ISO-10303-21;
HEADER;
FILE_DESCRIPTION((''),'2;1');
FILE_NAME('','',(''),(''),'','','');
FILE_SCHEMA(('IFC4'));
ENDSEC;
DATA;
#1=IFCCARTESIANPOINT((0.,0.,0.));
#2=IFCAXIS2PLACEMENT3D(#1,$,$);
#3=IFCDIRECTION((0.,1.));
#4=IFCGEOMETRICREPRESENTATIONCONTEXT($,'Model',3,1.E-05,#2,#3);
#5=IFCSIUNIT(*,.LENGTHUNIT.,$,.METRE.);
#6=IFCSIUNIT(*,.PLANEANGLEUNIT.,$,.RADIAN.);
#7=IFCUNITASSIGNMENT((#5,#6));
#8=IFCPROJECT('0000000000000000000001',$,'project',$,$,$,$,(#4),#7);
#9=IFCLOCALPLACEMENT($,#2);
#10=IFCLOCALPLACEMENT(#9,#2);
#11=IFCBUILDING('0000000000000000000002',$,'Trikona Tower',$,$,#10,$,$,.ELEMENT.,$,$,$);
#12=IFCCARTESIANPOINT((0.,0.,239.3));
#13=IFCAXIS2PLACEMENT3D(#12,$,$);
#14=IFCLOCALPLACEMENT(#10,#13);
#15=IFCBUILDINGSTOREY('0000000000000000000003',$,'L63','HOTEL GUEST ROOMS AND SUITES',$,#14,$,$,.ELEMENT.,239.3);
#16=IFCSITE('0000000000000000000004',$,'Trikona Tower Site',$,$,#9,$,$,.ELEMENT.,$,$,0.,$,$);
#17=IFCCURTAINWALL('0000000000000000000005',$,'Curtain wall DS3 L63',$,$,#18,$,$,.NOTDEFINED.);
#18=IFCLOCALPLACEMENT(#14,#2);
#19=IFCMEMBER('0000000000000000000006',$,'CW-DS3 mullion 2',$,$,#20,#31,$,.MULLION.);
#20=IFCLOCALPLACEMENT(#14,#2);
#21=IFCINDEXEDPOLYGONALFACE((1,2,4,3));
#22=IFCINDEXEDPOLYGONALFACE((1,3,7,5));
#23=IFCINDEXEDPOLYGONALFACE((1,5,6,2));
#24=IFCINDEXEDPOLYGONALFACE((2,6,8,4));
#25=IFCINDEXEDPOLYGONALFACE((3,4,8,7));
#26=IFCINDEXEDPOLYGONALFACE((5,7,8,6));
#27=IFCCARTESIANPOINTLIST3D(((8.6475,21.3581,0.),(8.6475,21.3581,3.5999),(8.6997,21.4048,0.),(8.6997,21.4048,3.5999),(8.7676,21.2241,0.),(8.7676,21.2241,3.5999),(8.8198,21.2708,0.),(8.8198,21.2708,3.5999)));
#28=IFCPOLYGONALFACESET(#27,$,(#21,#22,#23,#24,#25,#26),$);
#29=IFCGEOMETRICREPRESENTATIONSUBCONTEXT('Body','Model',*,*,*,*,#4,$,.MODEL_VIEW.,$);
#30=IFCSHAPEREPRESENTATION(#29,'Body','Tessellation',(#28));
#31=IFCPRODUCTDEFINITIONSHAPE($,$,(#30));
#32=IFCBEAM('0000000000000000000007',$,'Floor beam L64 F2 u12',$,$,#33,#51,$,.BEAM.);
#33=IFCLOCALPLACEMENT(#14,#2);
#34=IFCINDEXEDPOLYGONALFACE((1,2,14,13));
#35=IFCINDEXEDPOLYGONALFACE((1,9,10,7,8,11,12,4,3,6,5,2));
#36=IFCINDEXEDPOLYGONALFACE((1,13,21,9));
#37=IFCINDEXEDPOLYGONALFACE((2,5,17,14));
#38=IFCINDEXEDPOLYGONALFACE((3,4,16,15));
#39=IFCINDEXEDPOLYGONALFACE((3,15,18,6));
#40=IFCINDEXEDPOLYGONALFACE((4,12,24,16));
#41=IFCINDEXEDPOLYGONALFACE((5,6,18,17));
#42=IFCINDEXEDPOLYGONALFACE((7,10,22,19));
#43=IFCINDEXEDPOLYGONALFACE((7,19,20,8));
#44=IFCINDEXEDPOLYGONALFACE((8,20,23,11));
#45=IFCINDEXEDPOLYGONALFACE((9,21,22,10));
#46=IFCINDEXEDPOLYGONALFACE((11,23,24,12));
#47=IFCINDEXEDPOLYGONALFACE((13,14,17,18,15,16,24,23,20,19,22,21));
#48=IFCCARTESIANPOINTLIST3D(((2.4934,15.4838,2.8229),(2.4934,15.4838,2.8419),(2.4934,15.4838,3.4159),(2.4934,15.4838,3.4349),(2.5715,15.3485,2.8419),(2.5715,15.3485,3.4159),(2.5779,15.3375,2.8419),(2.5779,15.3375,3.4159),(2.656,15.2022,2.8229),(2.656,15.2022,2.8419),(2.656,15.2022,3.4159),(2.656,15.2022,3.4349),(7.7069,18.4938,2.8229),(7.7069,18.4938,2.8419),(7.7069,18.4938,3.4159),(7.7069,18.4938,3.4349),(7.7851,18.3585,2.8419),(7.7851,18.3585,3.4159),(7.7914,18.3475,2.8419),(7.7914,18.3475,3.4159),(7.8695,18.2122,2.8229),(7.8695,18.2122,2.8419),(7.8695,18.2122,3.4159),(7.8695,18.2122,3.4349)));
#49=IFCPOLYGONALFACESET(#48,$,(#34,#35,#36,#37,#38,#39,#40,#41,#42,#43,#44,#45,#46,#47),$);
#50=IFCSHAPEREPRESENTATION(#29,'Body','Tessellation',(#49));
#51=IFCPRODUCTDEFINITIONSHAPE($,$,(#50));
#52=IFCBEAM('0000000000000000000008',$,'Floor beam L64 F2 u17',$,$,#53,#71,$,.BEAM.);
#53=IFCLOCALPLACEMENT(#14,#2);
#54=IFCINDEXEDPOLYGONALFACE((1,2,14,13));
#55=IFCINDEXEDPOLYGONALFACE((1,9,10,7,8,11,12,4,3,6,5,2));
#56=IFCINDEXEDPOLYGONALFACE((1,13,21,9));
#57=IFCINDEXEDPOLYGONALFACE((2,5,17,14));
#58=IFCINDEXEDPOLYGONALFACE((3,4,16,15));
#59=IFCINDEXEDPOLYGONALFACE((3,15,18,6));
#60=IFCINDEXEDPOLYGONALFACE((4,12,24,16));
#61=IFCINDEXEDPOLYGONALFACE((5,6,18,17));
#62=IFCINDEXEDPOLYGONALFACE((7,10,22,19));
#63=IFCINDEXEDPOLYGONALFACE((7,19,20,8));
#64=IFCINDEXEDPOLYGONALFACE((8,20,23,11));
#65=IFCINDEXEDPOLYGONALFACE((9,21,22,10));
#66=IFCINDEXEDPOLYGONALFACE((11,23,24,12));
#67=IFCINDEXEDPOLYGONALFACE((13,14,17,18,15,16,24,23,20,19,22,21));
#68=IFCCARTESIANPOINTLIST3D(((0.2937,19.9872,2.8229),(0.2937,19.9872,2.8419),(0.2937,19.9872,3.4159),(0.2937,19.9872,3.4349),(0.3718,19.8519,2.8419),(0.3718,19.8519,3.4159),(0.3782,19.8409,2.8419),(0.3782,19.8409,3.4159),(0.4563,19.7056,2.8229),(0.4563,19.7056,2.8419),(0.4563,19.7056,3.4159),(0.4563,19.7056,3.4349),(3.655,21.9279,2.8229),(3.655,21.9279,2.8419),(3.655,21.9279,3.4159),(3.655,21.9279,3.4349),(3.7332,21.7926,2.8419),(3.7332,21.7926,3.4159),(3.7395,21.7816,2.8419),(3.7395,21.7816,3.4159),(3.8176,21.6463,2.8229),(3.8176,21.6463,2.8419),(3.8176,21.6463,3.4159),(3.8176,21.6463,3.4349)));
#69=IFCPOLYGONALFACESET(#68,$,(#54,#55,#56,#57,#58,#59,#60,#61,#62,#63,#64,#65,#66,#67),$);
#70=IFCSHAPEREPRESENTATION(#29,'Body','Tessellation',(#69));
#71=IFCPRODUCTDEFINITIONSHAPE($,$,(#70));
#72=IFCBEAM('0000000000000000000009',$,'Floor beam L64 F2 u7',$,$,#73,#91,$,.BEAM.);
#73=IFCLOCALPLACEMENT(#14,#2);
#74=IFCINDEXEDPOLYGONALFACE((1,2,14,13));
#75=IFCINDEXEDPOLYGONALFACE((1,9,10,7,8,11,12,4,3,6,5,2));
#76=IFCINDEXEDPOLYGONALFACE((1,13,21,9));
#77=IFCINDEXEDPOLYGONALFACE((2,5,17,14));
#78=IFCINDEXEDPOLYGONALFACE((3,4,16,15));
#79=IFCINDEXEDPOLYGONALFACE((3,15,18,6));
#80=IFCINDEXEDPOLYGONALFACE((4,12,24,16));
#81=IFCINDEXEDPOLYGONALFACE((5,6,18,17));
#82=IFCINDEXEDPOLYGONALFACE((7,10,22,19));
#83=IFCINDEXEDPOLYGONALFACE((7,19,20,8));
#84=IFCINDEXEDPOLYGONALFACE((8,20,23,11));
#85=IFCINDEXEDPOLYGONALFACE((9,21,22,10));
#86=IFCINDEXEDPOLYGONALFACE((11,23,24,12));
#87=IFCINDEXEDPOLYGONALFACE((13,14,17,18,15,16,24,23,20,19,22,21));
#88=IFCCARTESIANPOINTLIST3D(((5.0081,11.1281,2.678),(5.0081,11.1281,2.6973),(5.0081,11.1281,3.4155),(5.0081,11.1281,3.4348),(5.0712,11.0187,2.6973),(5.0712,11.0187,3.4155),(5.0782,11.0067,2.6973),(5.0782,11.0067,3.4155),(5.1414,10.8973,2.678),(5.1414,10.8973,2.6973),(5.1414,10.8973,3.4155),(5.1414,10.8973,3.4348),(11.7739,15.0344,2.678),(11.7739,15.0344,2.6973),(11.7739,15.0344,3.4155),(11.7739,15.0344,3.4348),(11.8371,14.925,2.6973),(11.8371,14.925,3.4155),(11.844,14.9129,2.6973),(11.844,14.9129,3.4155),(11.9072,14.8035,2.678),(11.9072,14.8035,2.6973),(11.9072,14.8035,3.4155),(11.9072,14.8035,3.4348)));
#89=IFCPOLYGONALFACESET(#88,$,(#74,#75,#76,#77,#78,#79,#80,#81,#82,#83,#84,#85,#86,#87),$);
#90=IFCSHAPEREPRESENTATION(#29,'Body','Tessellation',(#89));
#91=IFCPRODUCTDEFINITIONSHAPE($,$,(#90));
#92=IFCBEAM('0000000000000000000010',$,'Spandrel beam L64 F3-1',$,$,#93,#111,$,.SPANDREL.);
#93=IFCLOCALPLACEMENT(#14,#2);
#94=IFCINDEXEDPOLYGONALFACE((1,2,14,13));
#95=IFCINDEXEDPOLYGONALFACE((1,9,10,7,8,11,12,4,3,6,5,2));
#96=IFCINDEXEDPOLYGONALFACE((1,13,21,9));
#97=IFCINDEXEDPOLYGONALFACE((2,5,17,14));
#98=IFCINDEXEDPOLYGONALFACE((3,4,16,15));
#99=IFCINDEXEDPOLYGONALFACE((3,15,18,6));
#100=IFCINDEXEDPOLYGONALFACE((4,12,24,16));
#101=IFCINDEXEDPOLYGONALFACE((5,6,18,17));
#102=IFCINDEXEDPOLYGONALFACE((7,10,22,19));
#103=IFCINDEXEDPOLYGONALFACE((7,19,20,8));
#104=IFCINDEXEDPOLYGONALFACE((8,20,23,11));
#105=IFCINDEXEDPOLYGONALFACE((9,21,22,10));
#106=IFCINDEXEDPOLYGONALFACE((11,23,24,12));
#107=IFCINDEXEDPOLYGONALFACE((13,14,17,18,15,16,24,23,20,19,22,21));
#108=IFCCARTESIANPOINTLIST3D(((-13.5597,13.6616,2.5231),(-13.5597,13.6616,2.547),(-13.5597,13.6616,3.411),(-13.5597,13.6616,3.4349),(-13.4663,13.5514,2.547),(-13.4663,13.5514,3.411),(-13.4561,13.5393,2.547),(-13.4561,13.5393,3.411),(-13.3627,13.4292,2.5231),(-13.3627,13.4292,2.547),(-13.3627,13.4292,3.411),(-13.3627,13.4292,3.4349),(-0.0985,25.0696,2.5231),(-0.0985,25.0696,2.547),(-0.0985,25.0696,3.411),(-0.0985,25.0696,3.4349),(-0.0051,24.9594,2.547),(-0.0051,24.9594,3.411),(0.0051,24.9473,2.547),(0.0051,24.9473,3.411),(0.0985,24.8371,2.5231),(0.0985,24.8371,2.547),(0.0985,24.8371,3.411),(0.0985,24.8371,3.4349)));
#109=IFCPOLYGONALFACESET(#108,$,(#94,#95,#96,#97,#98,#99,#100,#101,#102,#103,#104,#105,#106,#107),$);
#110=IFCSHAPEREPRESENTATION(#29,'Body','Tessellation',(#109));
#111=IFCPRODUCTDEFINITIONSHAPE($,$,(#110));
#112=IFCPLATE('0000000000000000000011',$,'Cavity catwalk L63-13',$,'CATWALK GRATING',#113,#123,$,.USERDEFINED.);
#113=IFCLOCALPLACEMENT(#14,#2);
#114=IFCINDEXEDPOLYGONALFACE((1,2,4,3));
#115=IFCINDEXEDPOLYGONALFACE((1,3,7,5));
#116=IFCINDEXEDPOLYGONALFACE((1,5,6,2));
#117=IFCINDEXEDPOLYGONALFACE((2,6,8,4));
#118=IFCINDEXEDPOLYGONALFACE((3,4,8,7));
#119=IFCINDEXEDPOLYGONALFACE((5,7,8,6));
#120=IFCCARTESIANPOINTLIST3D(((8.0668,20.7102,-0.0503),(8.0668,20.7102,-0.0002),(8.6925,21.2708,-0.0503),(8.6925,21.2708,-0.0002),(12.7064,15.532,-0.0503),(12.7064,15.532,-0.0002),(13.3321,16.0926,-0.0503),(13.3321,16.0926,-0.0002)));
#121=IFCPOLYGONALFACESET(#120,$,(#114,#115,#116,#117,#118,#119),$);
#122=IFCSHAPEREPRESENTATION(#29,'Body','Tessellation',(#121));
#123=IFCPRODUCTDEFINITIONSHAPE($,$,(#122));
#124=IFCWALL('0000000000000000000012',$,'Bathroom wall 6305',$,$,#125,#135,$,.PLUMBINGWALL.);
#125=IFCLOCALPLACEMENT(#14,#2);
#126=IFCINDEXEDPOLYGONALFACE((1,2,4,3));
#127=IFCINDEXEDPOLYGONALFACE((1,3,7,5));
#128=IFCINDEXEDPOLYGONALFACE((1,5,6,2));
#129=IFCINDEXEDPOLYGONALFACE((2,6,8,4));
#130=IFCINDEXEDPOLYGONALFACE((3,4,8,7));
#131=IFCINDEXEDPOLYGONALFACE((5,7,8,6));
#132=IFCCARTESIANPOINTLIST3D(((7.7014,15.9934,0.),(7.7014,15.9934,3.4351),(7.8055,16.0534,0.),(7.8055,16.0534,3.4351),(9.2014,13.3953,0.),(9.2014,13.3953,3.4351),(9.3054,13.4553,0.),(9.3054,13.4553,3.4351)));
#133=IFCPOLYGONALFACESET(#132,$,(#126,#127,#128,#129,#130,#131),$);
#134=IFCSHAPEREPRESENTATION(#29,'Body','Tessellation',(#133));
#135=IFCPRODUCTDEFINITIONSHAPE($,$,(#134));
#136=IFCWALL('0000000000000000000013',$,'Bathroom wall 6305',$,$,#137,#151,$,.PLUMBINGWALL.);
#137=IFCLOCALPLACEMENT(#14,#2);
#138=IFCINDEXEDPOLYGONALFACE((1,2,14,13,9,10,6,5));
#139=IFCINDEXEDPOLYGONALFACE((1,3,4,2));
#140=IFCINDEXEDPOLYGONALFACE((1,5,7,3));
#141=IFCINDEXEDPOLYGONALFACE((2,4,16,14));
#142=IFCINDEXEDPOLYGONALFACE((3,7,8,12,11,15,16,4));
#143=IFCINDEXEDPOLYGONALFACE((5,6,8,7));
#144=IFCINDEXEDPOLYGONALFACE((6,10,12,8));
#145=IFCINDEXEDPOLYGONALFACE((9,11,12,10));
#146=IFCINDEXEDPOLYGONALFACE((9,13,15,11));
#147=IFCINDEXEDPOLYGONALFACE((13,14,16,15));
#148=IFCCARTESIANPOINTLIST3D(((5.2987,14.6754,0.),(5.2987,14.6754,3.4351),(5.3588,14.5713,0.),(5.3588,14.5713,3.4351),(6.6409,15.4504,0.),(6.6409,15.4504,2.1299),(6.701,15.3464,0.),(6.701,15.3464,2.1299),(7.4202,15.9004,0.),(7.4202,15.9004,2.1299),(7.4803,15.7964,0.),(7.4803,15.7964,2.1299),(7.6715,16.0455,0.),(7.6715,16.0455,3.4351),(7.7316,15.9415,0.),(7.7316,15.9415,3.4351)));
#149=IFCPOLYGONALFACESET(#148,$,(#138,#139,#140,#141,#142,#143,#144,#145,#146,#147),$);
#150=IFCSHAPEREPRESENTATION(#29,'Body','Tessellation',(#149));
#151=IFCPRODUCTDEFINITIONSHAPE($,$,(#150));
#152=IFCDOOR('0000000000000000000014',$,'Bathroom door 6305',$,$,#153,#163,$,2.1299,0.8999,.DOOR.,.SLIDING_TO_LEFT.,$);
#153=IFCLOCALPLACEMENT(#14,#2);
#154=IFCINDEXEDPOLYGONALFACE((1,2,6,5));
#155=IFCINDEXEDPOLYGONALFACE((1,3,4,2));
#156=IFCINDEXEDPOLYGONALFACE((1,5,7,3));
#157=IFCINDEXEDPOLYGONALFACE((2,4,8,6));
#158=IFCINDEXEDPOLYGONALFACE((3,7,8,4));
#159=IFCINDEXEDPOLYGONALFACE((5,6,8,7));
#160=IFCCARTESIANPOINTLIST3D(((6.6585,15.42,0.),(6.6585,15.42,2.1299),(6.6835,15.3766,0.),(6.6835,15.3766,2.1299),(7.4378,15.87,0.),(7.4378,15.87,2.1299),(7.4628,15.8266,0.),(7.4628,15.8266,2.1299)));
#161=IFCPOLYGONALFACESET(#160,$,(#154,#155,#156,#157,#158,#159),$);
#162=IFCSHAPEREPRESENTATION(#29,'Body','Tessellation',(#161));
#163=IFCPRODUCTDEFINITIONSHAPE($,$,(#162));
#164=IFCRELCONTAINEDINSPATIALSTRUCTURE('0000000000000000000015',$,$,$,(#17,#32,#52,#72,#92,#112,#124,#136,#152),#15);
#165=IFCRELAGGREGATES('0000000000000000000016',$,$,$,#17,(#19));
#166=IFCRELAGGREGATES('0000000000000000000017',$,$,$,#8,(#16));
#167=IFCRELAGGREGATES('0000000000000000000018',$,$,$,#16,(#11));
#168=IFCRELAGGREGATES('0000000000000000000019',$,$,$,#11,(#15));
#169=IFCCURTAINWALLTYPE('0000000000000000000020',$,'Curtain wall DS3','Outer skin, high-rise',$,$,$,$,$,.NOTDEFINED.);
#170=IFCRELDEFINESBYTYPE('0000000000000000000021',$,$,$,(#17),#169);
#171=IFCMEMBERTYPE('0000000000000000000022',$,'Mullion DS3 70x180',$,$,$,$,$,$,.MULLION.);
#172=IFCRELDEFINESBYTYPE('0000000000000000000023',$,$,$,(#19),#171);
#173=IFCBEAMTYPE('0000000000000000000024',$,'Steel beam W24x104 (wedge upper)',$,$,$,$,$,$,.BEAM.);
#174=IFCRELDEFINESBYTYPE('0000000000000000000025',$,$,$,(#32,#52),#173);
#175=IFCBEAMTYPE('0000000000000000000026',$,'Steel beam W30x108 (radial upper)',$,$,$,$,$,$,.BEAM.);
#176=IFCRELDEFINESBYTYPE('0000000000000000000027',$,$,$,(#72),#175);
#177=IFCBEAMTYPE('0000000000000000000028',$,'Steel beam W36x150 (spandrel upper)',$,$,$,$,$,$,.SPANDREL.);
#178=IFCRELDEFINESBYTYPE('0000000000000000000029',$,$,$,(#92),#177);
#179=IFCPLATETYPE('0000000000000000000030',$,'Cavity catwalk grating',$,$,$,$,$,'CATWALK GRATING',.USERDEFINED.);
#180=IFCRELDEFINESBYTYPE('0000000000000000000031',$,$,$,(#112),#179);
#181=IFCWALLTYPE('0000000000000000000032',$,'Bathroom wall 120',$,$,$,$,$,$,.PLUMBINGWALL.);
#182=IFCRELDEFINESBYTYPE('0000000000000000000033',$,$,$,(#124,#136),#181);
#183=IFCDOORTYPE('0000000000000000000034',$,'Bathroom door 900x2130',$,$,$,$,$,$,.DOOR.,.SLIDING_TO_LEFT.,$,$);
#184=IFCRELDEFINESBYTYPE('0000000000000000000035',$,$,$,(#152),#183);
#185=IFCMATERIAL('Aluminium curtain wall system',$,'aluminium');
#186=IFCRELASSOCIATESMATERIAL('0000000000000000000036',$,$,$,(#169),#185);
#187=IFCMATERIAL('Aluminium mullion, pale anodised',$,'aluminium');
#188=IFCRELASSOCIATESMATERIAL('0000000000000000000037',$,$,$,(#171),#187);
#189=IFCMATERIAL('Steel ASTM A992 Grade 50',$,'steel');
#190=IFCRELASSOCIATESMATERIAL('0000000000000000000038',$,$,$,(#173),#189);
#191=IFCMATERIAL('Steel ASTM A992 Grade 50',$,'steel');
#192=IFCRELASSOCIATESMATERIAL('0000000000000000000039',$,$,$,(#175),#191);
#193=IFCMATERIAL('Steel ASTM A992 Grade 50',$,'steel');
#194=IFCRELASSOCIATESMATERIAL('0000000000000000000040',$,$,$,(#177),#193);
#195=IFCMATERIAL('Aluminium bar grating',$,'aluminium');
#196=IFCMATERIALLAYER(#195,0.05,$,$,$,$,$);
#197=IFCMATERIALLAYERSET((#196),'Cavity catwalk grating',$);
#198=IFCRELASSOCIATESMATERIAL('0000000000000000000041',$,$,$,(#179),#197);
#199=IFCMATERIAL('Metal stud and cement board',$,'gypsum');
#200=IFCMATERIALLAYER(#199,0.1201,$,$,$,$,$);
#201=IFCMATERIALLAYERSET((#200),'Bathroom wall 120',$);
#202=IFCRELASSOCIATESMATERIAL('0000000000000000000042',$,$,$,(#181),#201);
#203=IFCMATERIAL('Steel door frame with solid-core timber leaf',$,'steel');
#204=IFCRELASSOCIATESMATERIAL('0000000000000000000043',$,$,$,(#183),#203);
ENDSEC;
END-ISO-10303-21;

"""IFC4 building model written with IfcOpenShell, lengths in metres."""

from ifc_helpers import new_model, si_unit, direction, frame, frame_2d, origin, origin_2d, place, context, subcontext, project, spatial, rectangle, i_section, extrude, material, layer, layer_set, material_profile, profile_set, type_object, element, fill, aggregate, save


model = new_model("IFC4")

# Units and contexts
model_context = context("Model", 3, precision=1e-05, world=origin(), true_north=direction((0.0, 1.0)))
body_context = subcontext(model_context, "Body", "Model", "MODEL_VIEW")
ifc_project = project(units=[si_unit("LENGTHUNIT", "METRE"), si_unit("PLANEANGLEUNIT", "RADIAN")], contexts=[model_context])

# Site, building, storey
site_placement = place(None, origin())
site = spatial("IfcSite", under=ifc_project, at=site_placement, Name="Trikona Tower Site", CompositionType="ELEMENT", RefElevation=0.0)
building_placement = place(site_placement, origin())
building = spatial("IfcBuilding", under=site, at=building_placement, Name="Trikona Tower", CompositionType="ELEMENT")
storey_placement = place(building_placement, frame((0.0, 0.0, 239.3)))
storey = spatial("IfcBuildingStorey", under=building, at=storey_placement, Name="L63", Description="HOTEL GUEST ROOMS AND SUITES", CompositionType="ELEMENT", Elevation=239.3)

# Curtain wall, member
ifc_material_1 = material(Name="Aluminium curtain wall system", Category="aluminium")
curtain_wall_type = type_object("IfcCurtainWallType", Name="Curtain wall DS3", Description="Outer skin, high-rise", PredefinedType="NOTDEFINED", material=ifc_material_1)
curtain_wall_placement = place(storey_placement, origin())
curtain_wall = element("IfcCurtainWall", 1, at=curtain_wall_placement, inside=storey, type_object=curtain_wall_type, Name="Curtain wall DS3 L63", PredefinedType="NOTDEFINED")
ifc_material_2 = material(Name="Aluminium mullion, pale anodised", Category="aluminium")
ifc_material_profile_1 = material_profile(ifc_material_2, rectangle(XDim=0.0701, YDim=0.1799, at=origin_2d()), Name="MUL-DS3")
ifc_profile_set_1 = profile_set([ifc_material_profile_1], Name="Aluminium mullion, pale anodised")
member_type = type_object("IfcMemberType", Name="Mullion DS3 70x180", PredefinedType="MULLION", material=ifc_profile_set_1)
member_placement = place(storey_placement, frame((8.7336, 21.3145, 0.0), z_axis=(0.0, 0.0, 1.0), x_axis=(-0.744771, -0.66732, 0.0)))
member = element("IfcMember", 2, at=member_placement, type_object=member_type, Name="CW-DS3 mullion 2", PredefinedType="MULLION", context=body_context, shape_type="SweptSolid", body=[
    extrude(rectangle(XDim=0.0701, YDim=0.1799, at=origin_2d()), origin(), (0.0, 0.0, 1.0), 3.5999),
])
aggregate(curtain_wall, [member])

# Beams
ifc_material_3 = material(Name="Steel ASTM A992 Grade 50", Category="steel")
ifc_material_profile_2 = material_profile(ifc_material_3, i_section(OverallWidth=0.3252, OverallDepth=0.6121, WebThickness=0.0127, FlangeThickness=0.019, at=origin_2d()), Name="W24X104")
ifc_profile_set_2 = profile_set([ifc_material_profile_2], Name="Steel ASTM A992 Grade 50")
beam_type_1 = type_object("IfcBeamType", Name="Steel beam W24x104 (wedge upper)", PredefinedType="BEAM", material=ifc_profile_set_2)
beam_1_placement = place(storey_placement, frame((2.5747, 15.343, 3.1289), z_axis=(0.866031, 0.49999, 0.0), x_axis=(-0.49999, 0.866031, 0.0)))
element("IfcBeam", 3, at=beam_1_placement, inside=storey, type_object=beam_type_1, Name="Floor beam L64 F2 u12", PredefinedType="BEAM", context=body_context, shape_type="SweptSolid", body=[
    extrude(i_section(OverallWidth=0.3252, OverallDepth=0.6121, WebThickness=0.0127, FlangeThickness=0.019, at=origin_2d()), origin(), (0.0, 0.0, 1.0), 6.02),
])
beam_2_placement = place(storey_placement, frame((0.375, 19.8464, 3.1289), z_axis=(0.866024, 0.500002, 0.0), x_axis=(-0.500002, 0.866024, 0.0)))
element("IfcBeam", 4, at=beam_2_placement, inside=storey, type_object=beam_type_1, Name="Floor beam L64 F2 u17", PredefinedType="BEAM", context=body_context, shape_type="SweptSolid", body=[
    extrude(i_section(OverallWidth=0.3252, OverallDepth=0.6121, WebThickness=0.0127, FlangeThickness=0.019, at=origin_2d()), origin(), (0.0, 0.0, 1.0), 3.8813),
])
ifc_material_4 = material(Name="Steel ASTM A992 Grade 50", Category="steel")
ifc_material_profile_3 = material_profile(ifc_material_4, i_section(OverallWidth=0.2666, OverallDepth=0.7568, WebThickness=0.0139, FlangeThickness=0.0193, at=origin_2d()), Name="W30X108")
ifc_profile_set_3 = profile_set([ifc_material_profile_3], Name="Steel ASTM A992 Grade 50")
beam_type_2 = type_object("IfcBeamType", Name="Steel beam W30x108 (radial upper)", PredefinedType="BEAM", material=ifc_profile_set_3)
beam_3_placement = place(storey_placement, frame((5.0747, 11.0127, 3.0564), z_axis=(0.866027, 0.499997, 0.0), x_axis=(-0.499997, 0.866027, 0.0)))
element("IfcBeam", 5, at=beam_3_placement, inside=storey, type_object=beam_type_2, Name="Floor beam L64 F2 u7", PredefinedType="BEAM", context=body_context, shape_type="SweptSolid", body=[
    extrude(i_section(OverallWidth=0.2666, OverallDepth=0.7568, WebThickness=0.0139, FlangeThickness=0.0193, at=origin_2d()), origin(), (0.0, 0.0, 1.0), 7.8125),
])
ifc_material_5 = material(Name="Steel ASTM A992 Grade 50", Category="steel")
ifc_material_profile_4 = material_profile(ifc_material_5, i_section(OverallWidth=0.3047, OverallDepth=0.9119, WebThickness=0.0159, FlangeThickness=0.0239, at=origin_2d()), Name="W36X150")
ifc_profile_set_4 = profile_set([ifc_material_profile_4], Name="Steel ASTM A992 Grade 50")
beam_type_3 = type_object("IfcBeamType", Name="Steel beam W36x150 (spandrel upper)", PredefinedType="SPANDREL", material=ifc_profile_set_4)
beam_4_placement = place(storey_placement, frame((0.0, 24.9534, 2.979), z_axis=(-0.762891, -0.646528, 0.0), x_axis=(0.646528, -0.762891, 0.0)))
element("IfcBeam", 6, at=beam_4_placement, inside=storey, type_object=beam_type_3, Name="Spandrel beam L64 F3-1", PredefinedType="SPANDREL", context=body_context, shape_type="SweptSolid", body=[
    extrude(i_section(OverallWidth=0.3047, OverallDepth=0.9119, WebThickness=0.0159, FlangeThickness=0.0239, at=origin_2d()), origin(), (0.0, 0.0, 1.0), 17.645),
])

# Plate
ifc_material_6 = material(Name="Aluminium bar grating", Category="aluminium")
ifc_layer_1 = layer(ifc_material_6, 0.05)
ifc_layer_set_1 = layer_set([ifc_layer_1], Name="Cavity catwalk grating")
plate_type = type_object("IfcPlateType", Name="Cavity catwalk grating", ElementType="CATWALK GRATING", PredefinedType="USERDEFINED", material=ifc_layer_set_1)
plate_placement = place(storey_placement, frame((10.6995, 18.4014, -0.0503), z_axis=(0.0, 0.0, 1.0), x_axis=(-0.667311, 0.744779, 0.0)))
element("IfcPlate", 7, at=plate_placement, inside=storey, type_object=plate_type, Name="Cavity catwalk L63-13", ObjectType="CATWALK GRATING", PredefinedType="USERDEFINED", context=body_context, shape_type="SweptSolid", body=[
    extrude(rectangle(XDim=6.9526, YDim=0.8401, at=origin_2d()), origin(), (0.0, 0.0, 1.0), 0.05),
])

# Wall
ifc_material_7 = material(Name="Metal stud and cement board", Category="gypsum")
ifc_layer_2 = layer(ifc_material_7, 0.1201)
ifc_layer_set_2 = layer_set([ifc_layer_2], Name="Bathroom wall 120")
wall_type_1 = type_object("IfcWallType", Name="Bathroom wall 120", PredefinedType="PLUMBINGWALL", material=ifc_layer_set_2)
wall_1_placement = place(storey_placement, frame((9.2534, 13.4253, 0.0), z_axis=(0.0, 0.0, 1.0), x_axis=(-0.49999, 0.866031, 0.0)))
element("IfcWall", 8, at=wall_1_placement, inside=storey, type_object=wall_type_1, Name="Bathroom wall 6305", PredefinedType="PLUMBINGWALL", context=body_context, shape_type="SweptSolid", body=[
    extrude(rectangle(XDim=3.0, YDim=0.1201, at=frame_2d((1.5, 0.0))), origin(), (0.0, 0.0, 1.0), 3.4351),
])

# Wall, opening, door
wall_2_placement = place(storey_placement, frame((5.3286, 14.6233, 0.0), z_axis=(0.0, 0.0, 1.0), x_axis=(0.865997, 0.500049, 0.0)))
wall_2 = element("IfcWall", 9, at=wall_2_placement, inside=storey, type_object=wall_type_1, Name="Bathroom wall 6305", PredefinedType="PLUMBINGWALL", context=body_context, shape_type="SweptSolid", body=[
    extrude(rectangle(XDim=2.74, YDim=0.1201, at=frame_2d((1.3701, 0.0))), origin(), (0.0, 0.0, 1.0), 3.4351),
])
opening_1_placement = place(wall_2_placement, frame((1.55, 0.0, 0.0)))
opening_1 = element("IfcOpeningElement", 10, at=opening_1_placement, cuts=wall_2, PredefinedType="OPENING", context=body_context, shape_type="SweptSolid", body=[
    extrude(rectangle(XDim=0.8999, YDim=2.1299, at=frame_2d((0.45, 1.0649))), frame((0.0, 0.0701, 0.0), z_axis=(0.0, -1.0, 0.0), x_axis=(1.0, 0.0, 0.0)), (0.0, 0.0, 1.0), 0.1401),
])
ifc_material_8 = material(Name="Steel door frame with solid-core timber leaf", Category="steel")
door_type_1 = type_object("IfcDoorType", Name="Bathroom door 900x2130", OperationType="SLIDING_TO_LEFT", PredefinedType="DOOR", material=ifc_material_8)
door_1_placement = place(opening_1_placement, origin())
door_1 = element("IfcDoor", 11, at=door_1_placement, inside=storey, type_object=door_type_1, Name="Bathroom door 6305", OperationType="SLIDING_TO_LEFT", OverallHeight=2.1299, OverallWidth=0.8999, PredefinedType="DOOR", context=body_context, shape_type="SweptSolid", body=[
    extrude(rectangle(XDim=0.8999, YDim=2.1299, at=frame_2d((0.45, 1.0649))), frame((0.0, 0.0249, 0.0), z_axis=(0.0, -1.0, 0.0), x_axis=(1.0, 0.0, 0.0)), (0.0, 0.0, 1.0), 0.05),
])
fill(opening_1, door_1)

save(model, "model.ifc")
